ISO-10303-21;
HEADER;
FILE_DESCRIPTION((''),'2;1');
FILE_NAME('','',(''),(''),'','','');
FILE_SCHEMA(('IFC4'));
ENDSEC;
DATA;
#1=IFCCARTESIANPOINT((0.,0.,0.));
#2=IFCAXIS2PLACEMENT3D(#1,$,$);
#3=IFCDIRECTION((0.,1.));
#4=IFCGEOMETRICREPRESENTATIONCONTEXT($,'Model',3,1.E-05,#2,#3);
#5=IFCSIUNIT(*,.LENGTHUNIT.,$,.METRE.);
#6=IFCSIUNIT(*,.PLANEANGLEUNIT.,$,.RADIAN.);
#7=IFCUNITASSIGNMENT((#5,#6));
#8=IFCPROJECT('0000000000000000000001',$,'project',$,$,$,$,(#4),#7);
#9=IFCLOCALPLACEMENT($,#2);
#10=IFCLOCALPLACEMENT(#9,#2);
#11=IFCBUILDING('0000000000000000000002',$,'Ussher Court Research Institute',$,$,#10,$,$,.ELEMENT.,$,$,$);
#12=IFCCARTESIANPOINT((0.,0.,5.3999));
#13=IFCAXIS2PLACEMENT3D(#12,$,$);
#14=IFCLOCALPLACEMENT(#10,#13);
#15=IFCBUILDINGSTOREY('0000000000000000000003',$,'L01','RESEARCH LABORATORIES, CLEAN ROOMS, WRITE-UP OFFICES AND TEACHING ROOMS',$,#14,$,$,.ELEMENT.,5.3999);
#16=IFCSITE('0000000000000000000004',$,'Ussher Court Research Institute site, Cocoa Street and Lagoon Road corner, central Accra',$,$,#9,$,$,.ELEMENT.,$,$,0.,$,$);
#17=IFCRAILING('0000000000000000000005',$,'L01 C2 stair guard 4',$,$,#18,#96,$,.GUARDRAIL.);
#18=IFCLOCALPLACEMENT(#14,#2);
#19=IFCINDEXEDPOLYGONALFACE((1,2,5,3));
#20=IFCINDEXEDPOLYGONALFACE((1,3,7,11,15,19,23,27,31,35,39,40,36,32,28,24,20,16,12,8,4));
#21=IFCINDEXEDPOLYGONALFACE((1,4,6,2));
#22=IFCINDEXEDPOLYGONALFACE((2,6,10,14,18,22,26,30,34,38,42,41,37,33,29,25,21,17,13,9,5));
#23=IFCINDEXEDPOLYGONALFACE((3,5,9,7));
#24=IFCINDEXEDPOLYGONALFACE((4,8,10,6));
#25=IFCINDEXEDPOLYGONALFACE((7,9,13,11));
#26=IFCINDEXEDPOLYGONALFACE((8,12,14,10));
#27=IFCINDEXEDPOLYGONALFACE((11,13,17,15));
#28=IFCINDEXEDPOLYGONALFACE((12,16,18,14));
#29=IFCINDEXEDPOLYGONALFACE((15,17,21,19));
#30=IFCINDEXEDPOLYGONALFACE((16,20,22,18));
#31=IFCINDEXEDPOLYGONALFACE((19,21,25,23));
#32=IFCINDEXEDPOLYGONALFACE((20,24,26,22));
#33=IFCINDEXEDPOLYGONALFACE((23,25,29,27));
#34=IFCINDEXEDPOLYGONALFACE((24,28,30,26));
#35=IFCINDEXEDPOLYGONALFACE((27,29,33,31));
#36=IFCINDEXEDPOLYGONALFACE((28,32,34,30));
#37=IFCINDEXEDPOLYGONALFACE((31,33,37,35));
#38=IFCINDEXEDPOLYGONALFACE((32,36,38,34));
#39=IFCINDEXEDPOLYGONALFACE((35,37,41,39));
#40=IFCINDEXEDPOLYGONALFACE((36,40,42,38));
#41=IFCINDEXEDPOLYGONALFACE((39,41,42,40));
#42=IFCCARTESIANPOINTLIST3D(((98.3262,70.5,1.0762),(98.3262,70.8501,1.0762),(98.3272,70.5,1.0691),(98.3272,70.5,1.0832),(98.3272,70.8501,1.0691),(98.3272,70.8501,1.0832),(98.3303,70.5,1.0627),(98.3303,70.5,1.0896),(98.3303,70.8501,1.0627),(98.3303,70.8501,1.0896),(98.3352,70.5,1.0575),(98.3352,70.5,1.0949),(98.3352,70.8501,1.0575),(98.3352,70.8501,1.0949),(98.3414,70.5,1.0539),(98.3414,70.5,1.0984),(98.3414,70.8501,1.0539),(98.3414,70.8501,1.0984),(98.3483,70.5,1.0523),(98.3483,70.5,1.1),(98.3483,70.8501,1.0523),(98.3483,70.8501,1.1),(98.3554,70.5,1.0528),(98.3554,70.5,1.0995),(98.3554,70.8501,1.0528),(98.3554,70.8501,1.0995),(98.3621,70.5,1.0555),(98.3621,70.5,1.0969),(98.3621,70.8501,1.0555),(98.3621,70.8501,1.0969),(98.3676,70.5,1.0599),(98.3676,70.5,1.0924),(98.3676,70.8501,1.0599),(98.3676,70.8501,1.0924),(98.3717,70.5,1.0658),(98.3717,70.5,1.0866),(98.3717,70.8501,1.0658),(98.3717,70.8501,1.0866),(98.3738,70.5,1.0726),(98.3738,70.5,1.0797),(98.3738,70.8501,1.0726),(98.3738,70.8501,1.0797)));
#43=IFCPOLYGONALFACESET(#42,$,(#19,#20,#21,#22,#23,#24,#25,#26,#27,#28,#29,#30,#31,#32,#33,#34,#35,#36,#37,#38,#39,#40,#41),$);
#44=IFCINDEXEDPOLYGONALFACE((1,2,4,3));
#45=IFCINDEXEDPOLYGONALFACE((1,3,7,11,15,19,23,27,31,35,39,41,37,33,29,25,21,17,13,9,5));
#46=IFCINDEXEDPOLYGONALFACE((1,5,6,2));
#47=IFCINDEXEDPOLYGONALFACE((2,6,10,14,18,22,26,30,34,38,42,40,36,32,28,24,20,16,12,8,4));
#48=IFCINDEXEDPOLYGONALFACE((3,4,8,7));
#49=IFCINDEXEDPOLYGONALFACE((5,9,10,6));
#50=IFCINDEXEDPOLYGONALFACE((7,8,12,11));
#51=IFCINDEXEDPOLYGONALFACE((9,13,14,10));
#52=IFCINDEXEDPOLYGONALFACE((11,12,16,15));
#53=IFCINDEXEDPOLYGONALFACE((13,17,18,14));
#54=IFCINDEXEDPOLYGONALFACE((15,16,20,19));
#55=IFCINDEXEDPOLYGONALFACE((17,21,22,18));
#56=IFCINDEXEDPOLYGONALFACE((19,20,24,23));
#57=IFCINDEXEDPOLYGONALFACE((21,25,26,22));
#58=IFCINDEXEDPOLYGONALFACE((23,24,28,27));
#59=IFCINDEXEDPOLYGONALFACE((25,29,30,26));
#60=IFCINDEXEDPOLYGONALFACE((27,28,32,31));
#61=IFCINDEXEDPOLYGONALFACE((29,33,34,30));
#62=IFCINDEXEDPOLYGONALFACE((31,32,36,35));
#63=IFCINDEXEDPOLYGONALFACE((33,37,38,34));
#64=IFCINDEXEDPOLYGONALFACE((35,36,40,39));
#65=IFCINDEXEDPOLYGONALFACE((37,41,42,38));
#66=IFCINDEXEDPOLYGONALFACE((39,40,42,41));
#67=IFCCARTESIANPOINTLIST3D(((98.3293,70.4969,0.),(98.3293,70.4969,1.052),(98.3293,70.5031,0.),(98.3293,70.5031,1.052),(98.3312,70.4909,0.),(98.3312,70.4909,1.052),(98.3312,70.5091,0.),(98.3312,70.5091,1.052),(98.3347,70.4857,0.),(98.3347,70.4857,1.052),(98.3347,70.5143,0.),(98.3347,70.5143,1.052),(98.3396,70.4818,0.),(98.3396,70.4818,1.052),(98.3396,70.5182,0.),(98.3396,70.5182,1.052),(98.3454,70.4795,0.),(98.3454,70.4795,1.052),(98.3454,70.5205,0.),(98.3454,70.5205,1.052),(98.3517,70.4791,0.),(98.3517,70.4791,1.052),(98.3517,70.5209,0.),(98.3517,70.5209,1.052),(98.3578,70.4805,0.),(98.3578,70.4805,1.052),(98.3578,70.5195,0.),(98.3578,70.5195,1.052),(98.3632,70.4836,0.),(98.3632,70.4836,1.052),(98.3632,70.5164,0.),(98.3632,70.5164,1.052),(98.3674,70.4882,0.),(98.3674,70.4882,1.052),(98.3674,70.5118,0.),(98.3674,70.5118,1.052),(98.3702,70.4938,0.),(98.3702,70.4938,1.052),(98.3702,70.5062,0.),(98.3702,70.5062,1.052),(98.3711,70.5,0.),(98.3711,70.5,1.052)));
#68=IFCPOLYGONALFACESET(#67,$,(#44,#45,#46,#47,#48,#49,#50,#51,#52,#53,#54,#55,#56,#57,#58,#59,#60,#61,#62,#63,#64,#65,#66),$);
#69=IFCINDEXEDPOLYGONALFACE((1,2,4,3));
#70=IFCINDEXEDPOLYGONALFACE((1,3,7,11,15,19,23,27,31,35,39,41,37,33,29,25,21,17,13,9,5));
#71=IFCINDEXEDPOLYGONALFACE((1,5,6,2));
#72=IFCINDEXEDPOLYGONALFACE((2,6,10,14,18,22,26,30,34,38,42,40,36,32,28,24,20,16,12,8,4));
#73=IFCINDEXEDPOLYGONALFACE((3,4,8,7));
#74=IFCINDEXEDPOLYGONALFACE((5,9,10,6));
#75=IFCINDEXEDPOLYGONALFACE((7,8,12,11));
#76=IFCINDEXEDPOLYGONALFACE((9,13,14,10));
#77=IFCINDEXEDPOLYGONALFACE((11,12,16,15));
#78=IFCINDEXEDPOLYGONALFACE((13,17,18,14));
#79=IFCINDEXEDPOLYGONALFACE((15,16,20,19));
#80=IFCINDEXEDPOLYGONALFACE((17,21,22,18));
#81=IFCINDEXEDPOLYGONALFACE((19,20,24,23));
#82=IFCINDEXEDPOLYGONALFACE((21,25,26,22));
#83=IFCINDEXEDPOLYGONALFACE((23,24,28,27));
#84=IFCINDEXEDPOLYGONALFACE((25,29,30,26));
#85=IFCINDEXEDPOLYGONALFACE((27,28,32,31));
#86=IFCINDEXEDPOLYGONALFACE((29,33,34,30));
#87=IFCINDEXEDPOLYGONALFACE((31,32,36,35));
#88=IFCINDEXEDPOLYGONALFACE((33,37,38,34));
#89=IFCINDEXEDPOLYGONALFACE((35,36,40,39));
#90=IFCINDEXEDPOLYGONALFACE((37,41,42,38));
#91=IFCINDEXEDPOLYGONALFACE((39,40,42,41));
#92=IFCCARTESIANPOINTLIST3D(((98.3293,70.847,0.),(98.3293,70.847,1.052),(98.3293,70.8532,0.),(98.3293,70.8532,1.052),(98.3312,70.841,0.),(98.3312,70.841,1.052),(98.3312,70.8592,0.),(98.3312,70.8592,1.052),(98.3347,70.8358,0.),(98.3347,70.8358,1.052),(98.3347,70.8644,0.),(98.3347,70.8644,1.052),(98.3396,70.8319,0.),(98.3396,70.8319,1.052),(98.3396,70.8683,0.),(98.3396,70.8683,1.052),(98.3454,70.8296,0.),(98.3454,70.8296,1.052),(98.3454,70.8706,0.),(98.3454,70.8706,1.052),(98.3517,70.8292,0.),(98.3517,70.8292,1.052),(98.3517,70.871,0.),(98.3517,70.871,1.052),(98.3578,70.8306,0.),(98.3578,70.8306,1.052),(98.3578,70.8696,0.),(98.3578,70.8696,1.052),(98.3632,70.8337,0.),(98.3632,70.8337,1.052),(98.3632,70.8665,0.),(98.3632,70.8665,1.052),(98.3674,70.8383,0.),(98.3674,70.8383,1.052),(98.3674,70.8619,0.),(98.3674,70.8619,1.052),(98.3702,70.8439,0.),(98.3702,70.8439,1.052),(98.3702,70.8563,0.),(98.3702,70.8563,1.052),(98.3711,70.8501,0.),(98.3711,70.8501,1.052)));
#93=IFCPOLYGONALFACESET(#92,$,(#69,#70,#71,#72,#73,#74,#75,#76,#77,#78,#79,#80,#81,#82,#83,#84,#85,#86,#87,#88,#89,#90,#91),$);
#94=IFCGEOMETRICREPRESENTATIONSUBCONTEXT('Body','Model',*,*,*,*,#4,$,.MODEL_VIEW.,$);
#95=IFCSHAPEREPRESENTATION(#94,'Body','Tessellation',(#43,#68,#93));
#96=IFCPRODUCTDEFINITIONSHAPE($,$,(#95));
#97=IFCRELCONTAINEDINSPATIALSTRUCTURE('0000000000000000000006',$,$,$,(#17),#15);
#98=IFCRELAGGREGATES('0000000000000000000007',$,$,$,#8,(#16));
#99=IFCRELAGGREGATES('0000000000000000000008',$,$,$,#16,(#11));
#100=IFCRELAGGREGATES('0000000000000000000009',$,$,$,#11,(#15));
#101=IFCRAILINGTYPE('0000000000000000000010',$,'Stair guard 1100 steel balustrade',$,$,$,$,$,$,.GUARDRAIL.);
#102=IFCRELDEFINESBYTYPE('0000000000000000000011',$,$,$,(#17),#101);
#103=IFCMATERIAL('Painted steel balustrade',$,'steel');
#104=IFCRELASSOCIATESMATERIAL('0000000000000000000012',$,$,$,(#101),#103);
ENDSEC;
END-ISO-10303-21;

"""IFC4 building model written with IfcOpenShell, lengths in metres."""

from ifc_helpers import new_model, si_unit, direction, frame, origin, origin_2d, place, context, subcontext, project, spatial, circle, extrude, material, type_object, element, save


model = new_model("IFC4")

# Units and contexts
model_context = context("Model", 3, precision=1e-05, world=origin(), true_north=direction((0.0, 1.0)))
body_context = subcontext(model_context, "Body", "Model", "MODEL_VIEW")
ifc_project = project(units=[si_unit("LENGTHUNIT", "METRE"), si_unit("PLANEANGLEUNIT", "RADIAN")], contexts=[model_context])

# Site, building, storey
site_placement = place(None, origin())
site = spatial("IfcSite", under=ifc_project, at=site_placement, Name="Ussher Court Research Institute site, Cocoa Street and Lagoon Road corner, central Accra", CompositionType="ELEMENT", RefElevation=0.0)
building_placement = place(site_placement, origin())
building = spatial("IfcBuilding", under=site, at=building_placement, Name="Ussher Court Research Institute", CompositionType="ELEMENT")
storey_placement = place(building_placement, frame((0.0, 0.0, 5.3999)))
storey = spatial("IfcBuildingStorey", under=building, at=storey_placement, Name="L01", Description="RESEARCH LABORATORIES, CLEAN ROOMS, WRITE-UP OFFICES AND TEACHING ROOMS", CompositionType="ELEMENT", Elevation=5.3999)

# Railing
ifc_material_1 = material(Name="Painted steel balustrade", Category="steel")
railing_type_1 = type_object("IfcRailingType", Name="Stair guard 1100 steel balustrade", PredefinedType="GUARDRAIL", material=ifc_material_1)
railing_1_placement = place(storey_placement, frame((98.3501, 70.5, 0.0)))
element("IfcRailing", 1, at=railing_1_placement, inside=storey, type_object=railing_type_1, Name="L01 C2 stair guard 4", PredefinedType="GUARDRAIL", context=body_context, shape_type="SweptSolid", body=[
    extrude(circle(Radius=0.0239, at=origin_2d()), frame((0.0, 0.0, 1.0762), z_axis=(0.0, 1.0, 0.0), x_axis=(-1.0, 0.0, 0.0)), (0.0, 0.0, 1.0), 0.3501),
    extrude(circle(Radius=0.021, at=origin_2d()), origin(), (0.0, 0.0, 1.0), 1.052),
    extrude(circle(Radius=0.021, at=origin_2d()), frame((0.0, 0.3501, 0.0)), (0.0, 0.0, 1.0), 1.052),
])

save(model, "model.ifc")
